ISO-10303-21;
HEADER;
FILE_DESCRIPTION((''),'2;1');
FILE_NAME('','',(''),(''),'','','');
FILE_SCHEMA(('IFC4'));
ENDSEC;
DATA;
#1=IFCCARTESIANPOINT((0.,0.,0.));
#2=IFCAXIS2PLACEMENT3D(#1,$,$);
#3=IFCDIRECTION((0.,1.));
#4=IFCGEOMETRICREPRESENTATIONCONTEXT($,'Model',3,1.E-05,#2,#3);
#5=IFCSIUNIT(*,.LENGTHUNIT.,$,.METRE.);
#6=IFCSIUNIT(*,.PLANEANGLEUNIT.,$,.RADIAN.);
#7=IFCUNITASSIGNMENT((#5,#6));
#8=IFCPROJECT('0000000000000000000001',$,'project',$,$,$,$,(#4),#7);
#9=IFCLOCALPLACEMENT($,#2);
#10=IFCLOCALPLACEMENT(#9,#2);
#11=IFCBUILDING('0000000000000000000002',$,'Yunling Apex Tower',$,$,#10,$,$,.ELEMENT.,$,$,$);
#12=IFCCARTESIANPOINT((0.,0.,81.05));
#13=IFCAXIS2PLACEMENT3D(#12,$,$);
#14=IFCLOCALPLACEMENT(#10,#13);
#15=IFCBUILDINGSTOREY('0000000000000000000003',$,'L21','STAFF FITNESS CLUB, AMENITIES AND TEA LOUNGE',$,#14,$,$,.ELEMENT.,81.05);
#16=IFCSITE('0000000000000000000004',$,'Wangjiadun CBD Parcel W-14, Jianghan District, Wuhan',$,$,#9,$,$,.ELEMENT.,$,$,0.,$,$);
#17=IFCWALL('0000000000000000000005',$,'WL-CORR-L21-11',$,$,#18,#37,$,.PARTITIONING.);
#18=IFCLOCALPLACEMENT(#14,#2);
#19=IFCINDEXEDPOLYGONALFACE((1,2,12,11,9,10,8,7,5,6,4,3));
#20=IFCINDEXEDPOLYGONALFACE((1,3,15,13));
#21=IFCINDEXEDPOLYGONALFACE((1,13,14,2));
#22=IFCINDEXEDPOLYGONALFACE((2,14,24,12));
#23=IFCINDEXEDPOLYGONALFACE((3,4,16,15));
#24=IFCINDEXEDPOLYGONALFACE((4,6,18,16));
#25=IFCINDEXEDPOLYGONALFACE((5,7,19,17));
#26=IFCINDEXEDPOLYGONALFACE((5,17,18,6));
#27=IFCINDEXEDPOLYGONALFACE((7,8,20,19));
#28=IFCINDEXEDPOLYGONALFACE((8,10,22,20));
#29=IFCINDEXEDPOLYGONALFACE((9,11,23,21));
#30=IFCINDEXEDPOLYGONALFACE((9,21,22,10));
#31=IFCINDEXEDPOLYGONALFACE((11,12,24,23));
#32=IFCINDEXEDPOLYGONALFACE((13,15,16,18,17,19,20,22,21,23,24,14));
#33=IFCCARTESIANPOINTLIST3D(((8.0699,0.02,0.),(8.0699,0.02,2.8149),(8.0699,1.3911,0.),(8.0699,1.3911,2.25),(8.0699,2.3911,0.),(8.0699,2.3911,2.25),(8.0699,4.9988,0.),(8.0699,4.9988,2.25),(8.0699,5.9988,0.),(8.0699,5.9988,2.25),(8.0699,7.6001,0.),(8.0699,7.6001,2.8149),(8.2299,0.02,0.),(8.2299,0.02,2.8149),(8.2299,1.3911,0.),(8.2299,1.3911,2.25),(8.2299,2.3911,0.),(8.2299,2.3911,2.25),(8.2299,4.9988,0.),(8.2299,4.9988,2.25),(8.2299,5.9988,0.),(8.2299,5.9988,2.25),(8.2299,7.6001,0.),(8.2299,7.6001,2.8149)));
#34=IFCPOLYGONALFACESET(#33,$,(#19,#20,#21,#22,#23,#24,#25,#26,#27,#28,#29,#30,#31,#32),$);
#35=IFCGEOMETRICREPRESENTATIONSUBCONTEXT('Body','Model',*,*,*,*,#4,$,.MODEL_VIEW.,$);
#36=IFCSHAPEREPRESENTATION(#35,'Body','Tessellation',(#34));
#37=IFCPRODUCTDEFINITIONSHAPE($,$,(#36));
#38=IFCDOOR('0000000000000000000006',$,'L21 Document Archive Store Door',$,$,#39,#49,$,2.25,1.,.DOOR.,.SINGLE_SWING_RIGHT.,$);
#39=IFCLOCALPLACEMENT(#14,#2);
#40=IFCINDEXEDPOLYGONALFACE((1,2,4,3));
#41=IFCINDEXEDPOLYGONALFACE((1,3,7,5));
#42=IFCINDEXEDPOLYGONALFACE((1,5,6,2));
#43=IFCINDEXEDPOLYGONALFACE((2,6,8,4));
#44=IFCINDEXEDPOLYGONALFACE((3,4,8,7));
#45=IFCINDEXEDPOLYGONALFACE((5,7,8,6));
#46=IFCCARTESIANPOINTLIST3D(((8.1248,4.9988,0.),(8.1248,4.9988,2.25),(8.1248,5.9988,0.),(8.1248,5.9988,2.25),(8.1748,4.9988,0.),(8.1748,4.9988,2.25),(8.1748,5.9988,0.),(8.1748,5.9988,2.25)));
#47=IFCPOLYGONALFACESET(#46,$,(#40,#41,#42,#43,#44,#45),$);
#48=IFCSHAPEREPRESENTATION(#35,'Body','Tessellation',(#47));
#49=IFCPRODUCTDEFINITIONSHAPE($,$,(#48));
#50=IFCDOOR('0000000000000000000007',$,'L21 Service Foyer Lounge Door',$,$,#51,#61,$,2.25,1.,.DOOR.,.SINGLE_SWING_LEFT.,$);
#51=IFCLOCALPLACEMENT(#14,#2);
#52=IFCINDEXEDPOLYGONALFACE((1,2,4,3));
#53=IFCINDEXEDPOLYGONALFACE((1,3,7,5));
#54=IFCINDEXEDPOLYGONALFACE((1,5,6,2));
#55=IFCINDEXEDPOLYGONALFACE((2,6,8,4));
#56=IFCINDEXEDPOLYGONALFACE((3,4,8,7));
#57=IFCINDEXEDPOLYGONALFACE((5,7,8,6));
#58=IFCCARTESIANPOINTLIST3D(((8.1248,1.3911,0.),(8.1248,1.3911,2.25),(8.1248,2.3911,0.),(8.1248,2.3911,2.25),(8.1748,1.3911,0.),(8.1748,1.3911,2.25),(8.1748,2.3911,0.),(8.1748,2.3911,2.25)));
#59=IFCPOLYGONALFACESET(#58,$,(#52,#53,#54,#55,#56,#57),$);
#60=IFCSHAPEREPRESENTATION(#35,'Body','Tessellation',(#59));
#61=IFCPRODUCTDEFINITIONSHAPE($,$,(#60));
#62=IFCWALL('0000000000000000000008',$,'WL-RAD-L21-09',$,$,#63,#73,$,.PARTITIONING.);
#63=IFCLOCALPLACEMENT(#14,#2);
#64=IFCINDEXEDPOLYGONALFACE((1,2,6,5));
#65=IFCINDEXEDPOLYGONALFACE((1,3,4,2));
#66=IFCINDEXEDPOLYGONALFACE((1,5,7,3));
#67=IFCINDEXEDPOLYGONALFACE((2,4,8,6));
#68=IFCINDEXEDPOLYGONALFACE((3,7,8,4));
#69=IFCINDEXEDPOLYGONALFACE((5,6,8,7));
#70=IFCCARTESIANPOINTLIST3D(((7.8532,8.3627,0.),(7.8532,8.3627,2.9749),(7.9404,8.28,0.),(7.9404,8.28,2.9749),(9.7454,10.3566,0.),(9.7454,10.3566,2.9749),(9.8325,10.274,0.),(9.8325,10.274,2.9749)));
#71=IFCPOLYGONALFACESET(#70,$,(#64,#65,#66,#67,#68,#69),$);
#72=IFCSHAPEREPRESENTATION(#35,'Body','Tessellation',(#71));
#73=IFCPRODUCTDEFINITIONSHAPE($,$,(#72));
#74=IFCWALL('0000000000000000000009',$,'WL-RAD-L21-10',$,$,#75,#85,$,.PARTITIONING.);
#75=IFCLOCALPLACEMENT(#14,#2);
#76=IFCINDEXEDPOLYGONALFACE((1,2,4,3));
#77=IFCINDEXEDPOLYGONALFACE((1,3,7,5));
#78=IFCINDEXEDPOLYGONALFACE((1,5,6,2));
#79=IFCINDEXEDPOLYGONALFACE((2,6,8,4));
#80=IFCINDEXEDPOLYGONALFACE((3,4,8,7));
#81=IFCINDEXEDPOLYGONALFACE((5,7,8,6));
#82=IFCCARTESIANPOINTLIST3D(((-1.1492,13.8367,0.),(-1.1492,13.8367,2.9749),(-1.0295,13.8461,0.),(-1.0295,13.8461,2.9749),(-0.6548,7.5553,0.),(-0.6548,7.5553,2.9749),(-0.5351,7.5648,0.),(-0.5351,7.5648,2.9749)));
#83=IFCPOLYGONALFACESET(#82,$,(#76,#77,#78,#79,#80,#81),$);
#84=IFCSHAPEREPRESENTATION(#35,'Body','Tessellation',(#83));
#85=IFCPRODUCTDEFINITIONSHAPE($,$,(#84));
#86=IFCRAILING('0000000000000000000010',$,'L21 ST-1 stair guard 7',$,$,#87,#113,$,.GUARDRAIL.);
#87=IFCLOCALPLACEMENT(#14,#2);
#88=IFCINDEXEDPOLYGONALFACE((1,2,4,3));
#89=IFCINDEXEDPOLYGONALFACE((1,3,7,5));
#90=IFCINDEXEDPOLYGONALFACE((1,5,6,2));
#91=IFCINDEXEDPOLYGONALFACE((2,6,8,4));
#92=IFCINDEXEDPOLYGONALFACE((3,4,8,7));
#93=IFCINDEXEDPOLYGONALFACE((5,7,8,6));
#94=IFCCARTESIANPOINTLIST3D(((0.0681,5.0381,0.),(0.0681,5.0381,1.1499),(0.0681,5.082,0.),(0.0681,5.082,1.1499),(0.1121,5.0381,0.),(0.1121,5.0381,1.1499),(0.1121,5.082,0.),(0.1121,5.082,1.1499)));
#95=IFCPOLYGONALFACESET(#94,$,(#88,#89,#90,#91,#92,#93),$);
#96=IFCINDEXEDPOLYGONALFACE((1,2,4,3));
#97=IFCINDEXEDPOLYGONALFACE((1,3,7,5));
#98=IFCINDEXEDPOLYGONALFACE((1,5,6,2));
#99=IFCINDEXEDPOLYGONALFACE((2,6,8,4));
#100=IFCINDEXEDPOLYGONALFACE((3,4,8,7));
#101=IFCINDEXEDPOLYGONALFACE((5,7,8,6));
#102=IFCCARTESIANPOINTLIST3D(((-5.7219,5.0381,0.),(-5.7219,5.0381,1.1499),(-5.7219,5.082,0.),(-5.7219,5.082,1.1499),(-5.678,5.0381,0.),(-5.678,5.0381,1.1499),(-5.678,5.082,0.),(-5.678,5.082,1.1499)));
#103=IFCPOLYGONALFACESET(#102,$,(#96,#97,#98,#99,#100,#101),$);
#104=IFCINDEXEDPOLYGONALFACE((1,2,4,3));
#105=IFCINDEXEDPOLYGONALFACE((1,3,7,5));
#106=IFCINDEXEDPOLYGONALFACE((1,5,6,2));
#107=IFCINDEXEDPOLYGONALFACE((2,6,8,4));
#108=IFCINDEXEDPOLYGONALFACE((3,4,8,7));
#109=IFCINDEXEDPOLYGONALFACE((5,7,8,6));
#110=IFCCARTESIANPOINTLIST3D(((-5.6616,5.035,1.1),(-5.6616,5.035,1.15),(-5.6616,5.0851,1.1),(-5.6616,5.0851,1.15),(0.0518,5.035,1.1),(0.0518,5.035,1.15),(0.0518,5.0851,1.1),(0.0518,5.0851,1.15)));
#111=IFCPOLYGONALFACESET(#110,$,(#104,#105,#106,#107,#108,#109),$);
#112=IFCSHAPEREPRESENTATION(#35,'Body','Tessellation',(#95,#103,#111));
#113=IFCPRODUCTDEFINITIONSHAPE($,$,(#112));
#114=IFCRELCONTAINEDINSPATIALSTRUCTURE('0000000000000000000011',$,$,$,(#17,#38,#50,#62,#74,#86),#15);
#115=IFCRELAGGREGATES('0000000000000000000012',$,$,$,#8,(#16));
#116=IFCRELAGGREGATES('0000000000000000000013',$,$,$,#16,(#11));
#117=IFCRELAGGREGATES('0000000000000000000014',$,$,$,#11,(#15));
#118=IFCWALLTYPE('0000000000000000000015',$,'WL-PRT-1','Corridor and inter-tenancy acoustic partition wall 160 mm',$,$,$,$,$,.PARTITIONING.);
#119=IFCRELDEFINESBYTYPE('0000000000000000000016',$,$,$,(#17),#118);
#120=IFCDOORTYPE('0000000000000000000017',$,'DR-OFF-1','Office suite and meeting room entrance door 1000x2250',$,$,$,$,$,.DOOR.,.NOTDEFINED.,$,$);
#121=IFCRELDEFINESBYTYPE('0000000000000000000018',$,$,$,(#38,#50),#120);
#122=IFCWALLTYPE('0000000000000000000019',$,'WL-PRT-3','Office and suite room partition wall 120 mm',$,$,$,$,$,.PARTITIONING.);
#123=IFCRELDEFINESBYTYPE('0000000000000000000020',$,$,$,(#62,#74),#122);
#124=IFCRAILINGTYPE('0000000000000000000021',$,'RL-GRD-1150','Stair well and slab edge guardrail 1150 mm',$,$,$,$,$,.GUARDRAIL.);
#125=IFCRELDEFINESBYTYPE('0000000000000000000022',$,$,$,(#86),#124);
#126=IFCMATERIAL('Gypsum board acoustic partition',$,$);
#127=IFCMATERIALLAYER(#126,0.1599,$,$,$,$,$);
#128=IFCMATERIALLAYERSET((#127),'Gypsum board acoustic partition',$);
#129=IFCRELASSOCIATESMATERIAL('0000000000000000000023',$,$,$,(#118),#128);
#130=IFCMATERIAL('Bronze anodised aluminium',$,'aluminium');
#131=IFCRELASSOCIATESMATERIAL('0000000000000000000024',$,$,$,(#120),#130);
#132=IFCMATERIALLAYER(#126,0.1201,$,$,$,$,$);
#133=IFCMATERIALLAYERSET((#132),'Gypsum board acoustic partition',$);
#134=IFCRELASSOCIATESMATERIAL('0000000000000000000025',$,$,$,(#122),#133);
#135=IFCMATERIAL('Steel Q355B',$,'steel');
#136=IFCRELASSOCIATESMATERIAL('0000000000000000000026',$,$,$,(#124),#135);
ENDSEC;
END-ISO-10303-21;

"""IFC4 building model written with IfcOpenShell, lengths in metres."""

from ifc_helpers import new_model, si_unit, direction, frame, frame_2d, origin, origin_2d, place, context, subcontext, project, spatial, rectangle, extrude, material, layer, layer_set, type_object, element, fill, save


model = new_model("IFC4")

# Units and contexts
model_context = context("Model", 3, precision=1e-05, world=origin(), true_north=direction((0.0, 1.0)))
body_context = subcontext(model_context, "Body", "Model", "MODEL_VIEW")
ifc_project = project(units=[si_unit("LENGTHUNIT", "METRE"), si_unit("PLANEANGLEUNIT", "RADIAN")], contexts=[model_context])

# Site, building, storey
site_placement = place(None, origin())
site = spatial("IfcSite", under=ifc_project, at=site_placement, Name="Wangjiadun CBD Parcel W-14, Jianghan District, Wuhan", CompositionType="ELEMENT", RefElevation=0.0)
building_placement = place(site_placement, origin())
building = spatial("IfcBuilding", under=site, at=building_placement, Name="Yunling Apex Tower", CompositionType="ELEMENT")
storey_placement = place(building_placement, frame((0.0, 0.0, 81.05)))
storey = spatial("IfcBuildingStorey", under=building, at=storey_placement, Name="L21", Description="STAFF FITNESS CLUB, AMENITIES AND TEA LOUNGE", CompositionType="ELEMENT", Elevation=81.05)

# Shared definitions
ifc_material_1 = material(Name="Steel Q355B", Category="steel")

# Shared definitions
ifc_material_2 = material(Name="Bronze anodised aluminium", Category="aluminium")

# Shared definitions
ifc_material_3 = material(Name="Gypsum board acoustic partition")
ifc_layer_1 = layer(ifc_material_3, 0.1599)
ifc_layer_set_1 = layer_set([ifc_layer_1], Name="Gypsum board acoustic partition")
wall_type_1 = type_object("IfcWallType", Name="WL-PRT-1", Description="Corridor and inter-tenancy acoustic partition wall 160 mm", PredefinedType="PARTITIONING", material=ifc_layer_set_1)

# Wall, openings, doors
wall_1_placement = place(storey_placement, frame((8.1499, 7.6001, 0.0), z_axis=(0.0, 0.0, 1.0), x_axis=(0.0, -1.0, 0.0)))
wall_1 = element("IfcWall", 1, at=wall_1_placement, inside=storey, type_object=wall_type_1, Name="WL-CORR-L21-11", PredefinedType="PARTITIONING", context=body_context, shape_type="SweptSolid", body=[
    extrude(rectangle(XDim=7.5801, YDim=0.1599, at=frame_2d((3.79, 0.0))), origin(), (0.0, 0.0, 1.0), 2.8149),
])
opening_1_placement = place(wall_1_placement, frame((1.6013, 0.0, 0.0)))
opening_1 = element("IfcOpeningElement", 2, at=opening_1_placement, cuts=wall_1, PredefinedType="OPENING", context=body_context, shape_type="SweptSolid", body=[
    extrude(rectangle(XDim=1.0, YDim=2.25, at=frame_2d((0.5, 1.125))), frame((0.0, 0.0898, 0.0), z_axis=(0.0, -1.0, 0.0), x_axis=(1.0, 0.0, 0.0)), (0.0, 0.0, 1.0), 0.1799),
])
opening_2_placement = place(wall_1_placement, frame((5.209, 0.0, 0.0)))
opening_2 = element("IfcOpeningElement", 3, at=opening_2_placement, cuts=wall_1, PredefinedType="OPENING", context=body_context, shape_type="SweptSolid", body=[
    extrude(rectangle(XDim=1.0, YDim=2.25, at=frame_2d((0.5, 1.125))), frame((0.0, 0.0898, 0.0), z_axis=(0.0, -1.0, 0.0), x_axis=(1.0, 0.0, 0.0)), (0.0, 0.0, 1.0), 0.1799),
])
door_type = type_object("IfcDoorType", Name="DR-OFF-1", Description="Office suite and meeting room entrance door 1000x2250", OperationType="NOTDEFINED", PredefinedType="DOOR", material=ifc_material_2)
door_1_placement = place(opening_1_placement, origin())
door_1 = element("IfcDoor", 4, at=door_1_placement, inside=storey, type_object=door_type, Name="L21 Document Archive Store Door", OperationType="SINGLE_SWING_RIGHT", OverallHeight=2.25, OverallWidth=1.0, PredefinedType="DOOR", context=body_context, shape_type="SweptSolid", body=[
    extrude(rectangle(XDim=1.0, YDim=2.25, at=frame_2d((0.5, 1.125))), frame((0.0, 0.0249, 0.0), z_axis=(0.0, -1.0, 0.0), x_axis=(1.0, 0.0, 0.0)), (0.0, 0.0, 1.0), 0.05),
])
fill(opening_1, door_1)
door_2_placement = place(opening_2_placement, origin())
door_2 = element("IfcDoor", 5, at=door_2_placement, inside=storey, type_object=door_type, Name="L21 Service Foyer Lounge Door", OperationType="SINGLE_SWING_LEFT", OverallHeight=2.25, OverallWidth=1.0, PredefinedType="DOOR", context=body_context, shape_type="SweptSolid", body=[
    extrude(rectangle(XDim=1.0, YDim=2.25, at=frame_2d((0.5, 1.125))), frame((0.0, 0.0249, 0.0), z_axis=(0.0, -1.0, 0.0), x_axis=(1.0, 0.0, 0.0)), (0.0, 0.0, 1.0), 0.05),
])
fill(opening_2, door_2)

# Walls
ifc_layer_2 = layer(ifc_material_3, 0.1201)
ifc_layer_set_2 = layer_set([ifc_layer_2], Name="Gypsum board acoustic partition")
wall_type_2 = type_object("IfcWallType", Name="WL-PRT-3", Description="Office and suite room partition wall 120 mm", PredefinedType="PARTITIONING", material=ifc_layer_set_2)
wall_2_placement = place(storey_placement, frame((7.8967, 8.3213, 0.0), z_axis=(0.0, 0.0, 1.0), x_axis=(0.688346, 0.725383, 0.0)))
element("IfcWall", 6, at=wall_2_placement, inside=storey, type_object=wall_type_2, Name="WL-RAD-L21-09", PredefinedType="PARTITIONING", context=body_context, shape_type="SweptSolid", body=[
    extrude(rectangle(XDim=2.7488, YDim=0.1201, at=frame_2d((1.3745, 0.0))), origin(), (0.0, 0.0, 1.0), 2.9749),
])
wall_3_placement = place(storey_placement, frame((-0.595, 7.5601, 0.0), z_axis=(0.0, 0.0, 1.0), x_axis=(-0.078465, 0.996917, 0.0)))
element("IfcWall", 7, at=wall_3_placement, inside=storey, type_object=wall_type_2, Name="WL-RAD-L21-10", PredefinedType="PARTITIONING", context=body_context, shape_type="SweptSolid", body=[
    extrude(rectangle(XDim=6.3008, YDim=0.1201, at=frame_2d((3.1504, 0.0))), origin(), (0.0, 0.0, 1.0), 2.9749),
])

# Railing
railing_type = type_object("IfcRailingType", Name="RL-GRD-1150", Description="Stair well and slab edge guardrail 1150 mm", PredefinedType="GUARDRAIL", material=ifc_material_1)
railing_placement = place(storey_placement, frame((0.0901, 5.0601, 0.0)))
element("IfcRailing", 8, at=railing_placement, inside=storey, type_object=railing_type, Name="L21 ST-1 stair guard 7", PredefinedType="GUARDRAIL", context=body_context, shape_type="SweptSolid", body=[
    extrude(rectangle(XDim=0.0439, YDim=0.0439, at=origin_2d()), origin(), (0.0, 0.0, 1.0), 1.1499),
    extrude(rectangle(XDim=0.0439, YDim=0.0439, at=origin_2d()), frame((-5.79, 0.0, 0.0)), (0.0, 0.0, 1.0), 1.1499),
    extrude(rectangle(XDim=0.05, YDim=0.05, at=origin_2d()), frame((-0.0383, 0.0, 1.125), z_axis=(-1.0, 0.0, 0.0), x_axis=(0.0, -1.0, 0.0)), (0.0, 0.0, 1.0), 5.7134),
])

save(model, "model.ifc")
